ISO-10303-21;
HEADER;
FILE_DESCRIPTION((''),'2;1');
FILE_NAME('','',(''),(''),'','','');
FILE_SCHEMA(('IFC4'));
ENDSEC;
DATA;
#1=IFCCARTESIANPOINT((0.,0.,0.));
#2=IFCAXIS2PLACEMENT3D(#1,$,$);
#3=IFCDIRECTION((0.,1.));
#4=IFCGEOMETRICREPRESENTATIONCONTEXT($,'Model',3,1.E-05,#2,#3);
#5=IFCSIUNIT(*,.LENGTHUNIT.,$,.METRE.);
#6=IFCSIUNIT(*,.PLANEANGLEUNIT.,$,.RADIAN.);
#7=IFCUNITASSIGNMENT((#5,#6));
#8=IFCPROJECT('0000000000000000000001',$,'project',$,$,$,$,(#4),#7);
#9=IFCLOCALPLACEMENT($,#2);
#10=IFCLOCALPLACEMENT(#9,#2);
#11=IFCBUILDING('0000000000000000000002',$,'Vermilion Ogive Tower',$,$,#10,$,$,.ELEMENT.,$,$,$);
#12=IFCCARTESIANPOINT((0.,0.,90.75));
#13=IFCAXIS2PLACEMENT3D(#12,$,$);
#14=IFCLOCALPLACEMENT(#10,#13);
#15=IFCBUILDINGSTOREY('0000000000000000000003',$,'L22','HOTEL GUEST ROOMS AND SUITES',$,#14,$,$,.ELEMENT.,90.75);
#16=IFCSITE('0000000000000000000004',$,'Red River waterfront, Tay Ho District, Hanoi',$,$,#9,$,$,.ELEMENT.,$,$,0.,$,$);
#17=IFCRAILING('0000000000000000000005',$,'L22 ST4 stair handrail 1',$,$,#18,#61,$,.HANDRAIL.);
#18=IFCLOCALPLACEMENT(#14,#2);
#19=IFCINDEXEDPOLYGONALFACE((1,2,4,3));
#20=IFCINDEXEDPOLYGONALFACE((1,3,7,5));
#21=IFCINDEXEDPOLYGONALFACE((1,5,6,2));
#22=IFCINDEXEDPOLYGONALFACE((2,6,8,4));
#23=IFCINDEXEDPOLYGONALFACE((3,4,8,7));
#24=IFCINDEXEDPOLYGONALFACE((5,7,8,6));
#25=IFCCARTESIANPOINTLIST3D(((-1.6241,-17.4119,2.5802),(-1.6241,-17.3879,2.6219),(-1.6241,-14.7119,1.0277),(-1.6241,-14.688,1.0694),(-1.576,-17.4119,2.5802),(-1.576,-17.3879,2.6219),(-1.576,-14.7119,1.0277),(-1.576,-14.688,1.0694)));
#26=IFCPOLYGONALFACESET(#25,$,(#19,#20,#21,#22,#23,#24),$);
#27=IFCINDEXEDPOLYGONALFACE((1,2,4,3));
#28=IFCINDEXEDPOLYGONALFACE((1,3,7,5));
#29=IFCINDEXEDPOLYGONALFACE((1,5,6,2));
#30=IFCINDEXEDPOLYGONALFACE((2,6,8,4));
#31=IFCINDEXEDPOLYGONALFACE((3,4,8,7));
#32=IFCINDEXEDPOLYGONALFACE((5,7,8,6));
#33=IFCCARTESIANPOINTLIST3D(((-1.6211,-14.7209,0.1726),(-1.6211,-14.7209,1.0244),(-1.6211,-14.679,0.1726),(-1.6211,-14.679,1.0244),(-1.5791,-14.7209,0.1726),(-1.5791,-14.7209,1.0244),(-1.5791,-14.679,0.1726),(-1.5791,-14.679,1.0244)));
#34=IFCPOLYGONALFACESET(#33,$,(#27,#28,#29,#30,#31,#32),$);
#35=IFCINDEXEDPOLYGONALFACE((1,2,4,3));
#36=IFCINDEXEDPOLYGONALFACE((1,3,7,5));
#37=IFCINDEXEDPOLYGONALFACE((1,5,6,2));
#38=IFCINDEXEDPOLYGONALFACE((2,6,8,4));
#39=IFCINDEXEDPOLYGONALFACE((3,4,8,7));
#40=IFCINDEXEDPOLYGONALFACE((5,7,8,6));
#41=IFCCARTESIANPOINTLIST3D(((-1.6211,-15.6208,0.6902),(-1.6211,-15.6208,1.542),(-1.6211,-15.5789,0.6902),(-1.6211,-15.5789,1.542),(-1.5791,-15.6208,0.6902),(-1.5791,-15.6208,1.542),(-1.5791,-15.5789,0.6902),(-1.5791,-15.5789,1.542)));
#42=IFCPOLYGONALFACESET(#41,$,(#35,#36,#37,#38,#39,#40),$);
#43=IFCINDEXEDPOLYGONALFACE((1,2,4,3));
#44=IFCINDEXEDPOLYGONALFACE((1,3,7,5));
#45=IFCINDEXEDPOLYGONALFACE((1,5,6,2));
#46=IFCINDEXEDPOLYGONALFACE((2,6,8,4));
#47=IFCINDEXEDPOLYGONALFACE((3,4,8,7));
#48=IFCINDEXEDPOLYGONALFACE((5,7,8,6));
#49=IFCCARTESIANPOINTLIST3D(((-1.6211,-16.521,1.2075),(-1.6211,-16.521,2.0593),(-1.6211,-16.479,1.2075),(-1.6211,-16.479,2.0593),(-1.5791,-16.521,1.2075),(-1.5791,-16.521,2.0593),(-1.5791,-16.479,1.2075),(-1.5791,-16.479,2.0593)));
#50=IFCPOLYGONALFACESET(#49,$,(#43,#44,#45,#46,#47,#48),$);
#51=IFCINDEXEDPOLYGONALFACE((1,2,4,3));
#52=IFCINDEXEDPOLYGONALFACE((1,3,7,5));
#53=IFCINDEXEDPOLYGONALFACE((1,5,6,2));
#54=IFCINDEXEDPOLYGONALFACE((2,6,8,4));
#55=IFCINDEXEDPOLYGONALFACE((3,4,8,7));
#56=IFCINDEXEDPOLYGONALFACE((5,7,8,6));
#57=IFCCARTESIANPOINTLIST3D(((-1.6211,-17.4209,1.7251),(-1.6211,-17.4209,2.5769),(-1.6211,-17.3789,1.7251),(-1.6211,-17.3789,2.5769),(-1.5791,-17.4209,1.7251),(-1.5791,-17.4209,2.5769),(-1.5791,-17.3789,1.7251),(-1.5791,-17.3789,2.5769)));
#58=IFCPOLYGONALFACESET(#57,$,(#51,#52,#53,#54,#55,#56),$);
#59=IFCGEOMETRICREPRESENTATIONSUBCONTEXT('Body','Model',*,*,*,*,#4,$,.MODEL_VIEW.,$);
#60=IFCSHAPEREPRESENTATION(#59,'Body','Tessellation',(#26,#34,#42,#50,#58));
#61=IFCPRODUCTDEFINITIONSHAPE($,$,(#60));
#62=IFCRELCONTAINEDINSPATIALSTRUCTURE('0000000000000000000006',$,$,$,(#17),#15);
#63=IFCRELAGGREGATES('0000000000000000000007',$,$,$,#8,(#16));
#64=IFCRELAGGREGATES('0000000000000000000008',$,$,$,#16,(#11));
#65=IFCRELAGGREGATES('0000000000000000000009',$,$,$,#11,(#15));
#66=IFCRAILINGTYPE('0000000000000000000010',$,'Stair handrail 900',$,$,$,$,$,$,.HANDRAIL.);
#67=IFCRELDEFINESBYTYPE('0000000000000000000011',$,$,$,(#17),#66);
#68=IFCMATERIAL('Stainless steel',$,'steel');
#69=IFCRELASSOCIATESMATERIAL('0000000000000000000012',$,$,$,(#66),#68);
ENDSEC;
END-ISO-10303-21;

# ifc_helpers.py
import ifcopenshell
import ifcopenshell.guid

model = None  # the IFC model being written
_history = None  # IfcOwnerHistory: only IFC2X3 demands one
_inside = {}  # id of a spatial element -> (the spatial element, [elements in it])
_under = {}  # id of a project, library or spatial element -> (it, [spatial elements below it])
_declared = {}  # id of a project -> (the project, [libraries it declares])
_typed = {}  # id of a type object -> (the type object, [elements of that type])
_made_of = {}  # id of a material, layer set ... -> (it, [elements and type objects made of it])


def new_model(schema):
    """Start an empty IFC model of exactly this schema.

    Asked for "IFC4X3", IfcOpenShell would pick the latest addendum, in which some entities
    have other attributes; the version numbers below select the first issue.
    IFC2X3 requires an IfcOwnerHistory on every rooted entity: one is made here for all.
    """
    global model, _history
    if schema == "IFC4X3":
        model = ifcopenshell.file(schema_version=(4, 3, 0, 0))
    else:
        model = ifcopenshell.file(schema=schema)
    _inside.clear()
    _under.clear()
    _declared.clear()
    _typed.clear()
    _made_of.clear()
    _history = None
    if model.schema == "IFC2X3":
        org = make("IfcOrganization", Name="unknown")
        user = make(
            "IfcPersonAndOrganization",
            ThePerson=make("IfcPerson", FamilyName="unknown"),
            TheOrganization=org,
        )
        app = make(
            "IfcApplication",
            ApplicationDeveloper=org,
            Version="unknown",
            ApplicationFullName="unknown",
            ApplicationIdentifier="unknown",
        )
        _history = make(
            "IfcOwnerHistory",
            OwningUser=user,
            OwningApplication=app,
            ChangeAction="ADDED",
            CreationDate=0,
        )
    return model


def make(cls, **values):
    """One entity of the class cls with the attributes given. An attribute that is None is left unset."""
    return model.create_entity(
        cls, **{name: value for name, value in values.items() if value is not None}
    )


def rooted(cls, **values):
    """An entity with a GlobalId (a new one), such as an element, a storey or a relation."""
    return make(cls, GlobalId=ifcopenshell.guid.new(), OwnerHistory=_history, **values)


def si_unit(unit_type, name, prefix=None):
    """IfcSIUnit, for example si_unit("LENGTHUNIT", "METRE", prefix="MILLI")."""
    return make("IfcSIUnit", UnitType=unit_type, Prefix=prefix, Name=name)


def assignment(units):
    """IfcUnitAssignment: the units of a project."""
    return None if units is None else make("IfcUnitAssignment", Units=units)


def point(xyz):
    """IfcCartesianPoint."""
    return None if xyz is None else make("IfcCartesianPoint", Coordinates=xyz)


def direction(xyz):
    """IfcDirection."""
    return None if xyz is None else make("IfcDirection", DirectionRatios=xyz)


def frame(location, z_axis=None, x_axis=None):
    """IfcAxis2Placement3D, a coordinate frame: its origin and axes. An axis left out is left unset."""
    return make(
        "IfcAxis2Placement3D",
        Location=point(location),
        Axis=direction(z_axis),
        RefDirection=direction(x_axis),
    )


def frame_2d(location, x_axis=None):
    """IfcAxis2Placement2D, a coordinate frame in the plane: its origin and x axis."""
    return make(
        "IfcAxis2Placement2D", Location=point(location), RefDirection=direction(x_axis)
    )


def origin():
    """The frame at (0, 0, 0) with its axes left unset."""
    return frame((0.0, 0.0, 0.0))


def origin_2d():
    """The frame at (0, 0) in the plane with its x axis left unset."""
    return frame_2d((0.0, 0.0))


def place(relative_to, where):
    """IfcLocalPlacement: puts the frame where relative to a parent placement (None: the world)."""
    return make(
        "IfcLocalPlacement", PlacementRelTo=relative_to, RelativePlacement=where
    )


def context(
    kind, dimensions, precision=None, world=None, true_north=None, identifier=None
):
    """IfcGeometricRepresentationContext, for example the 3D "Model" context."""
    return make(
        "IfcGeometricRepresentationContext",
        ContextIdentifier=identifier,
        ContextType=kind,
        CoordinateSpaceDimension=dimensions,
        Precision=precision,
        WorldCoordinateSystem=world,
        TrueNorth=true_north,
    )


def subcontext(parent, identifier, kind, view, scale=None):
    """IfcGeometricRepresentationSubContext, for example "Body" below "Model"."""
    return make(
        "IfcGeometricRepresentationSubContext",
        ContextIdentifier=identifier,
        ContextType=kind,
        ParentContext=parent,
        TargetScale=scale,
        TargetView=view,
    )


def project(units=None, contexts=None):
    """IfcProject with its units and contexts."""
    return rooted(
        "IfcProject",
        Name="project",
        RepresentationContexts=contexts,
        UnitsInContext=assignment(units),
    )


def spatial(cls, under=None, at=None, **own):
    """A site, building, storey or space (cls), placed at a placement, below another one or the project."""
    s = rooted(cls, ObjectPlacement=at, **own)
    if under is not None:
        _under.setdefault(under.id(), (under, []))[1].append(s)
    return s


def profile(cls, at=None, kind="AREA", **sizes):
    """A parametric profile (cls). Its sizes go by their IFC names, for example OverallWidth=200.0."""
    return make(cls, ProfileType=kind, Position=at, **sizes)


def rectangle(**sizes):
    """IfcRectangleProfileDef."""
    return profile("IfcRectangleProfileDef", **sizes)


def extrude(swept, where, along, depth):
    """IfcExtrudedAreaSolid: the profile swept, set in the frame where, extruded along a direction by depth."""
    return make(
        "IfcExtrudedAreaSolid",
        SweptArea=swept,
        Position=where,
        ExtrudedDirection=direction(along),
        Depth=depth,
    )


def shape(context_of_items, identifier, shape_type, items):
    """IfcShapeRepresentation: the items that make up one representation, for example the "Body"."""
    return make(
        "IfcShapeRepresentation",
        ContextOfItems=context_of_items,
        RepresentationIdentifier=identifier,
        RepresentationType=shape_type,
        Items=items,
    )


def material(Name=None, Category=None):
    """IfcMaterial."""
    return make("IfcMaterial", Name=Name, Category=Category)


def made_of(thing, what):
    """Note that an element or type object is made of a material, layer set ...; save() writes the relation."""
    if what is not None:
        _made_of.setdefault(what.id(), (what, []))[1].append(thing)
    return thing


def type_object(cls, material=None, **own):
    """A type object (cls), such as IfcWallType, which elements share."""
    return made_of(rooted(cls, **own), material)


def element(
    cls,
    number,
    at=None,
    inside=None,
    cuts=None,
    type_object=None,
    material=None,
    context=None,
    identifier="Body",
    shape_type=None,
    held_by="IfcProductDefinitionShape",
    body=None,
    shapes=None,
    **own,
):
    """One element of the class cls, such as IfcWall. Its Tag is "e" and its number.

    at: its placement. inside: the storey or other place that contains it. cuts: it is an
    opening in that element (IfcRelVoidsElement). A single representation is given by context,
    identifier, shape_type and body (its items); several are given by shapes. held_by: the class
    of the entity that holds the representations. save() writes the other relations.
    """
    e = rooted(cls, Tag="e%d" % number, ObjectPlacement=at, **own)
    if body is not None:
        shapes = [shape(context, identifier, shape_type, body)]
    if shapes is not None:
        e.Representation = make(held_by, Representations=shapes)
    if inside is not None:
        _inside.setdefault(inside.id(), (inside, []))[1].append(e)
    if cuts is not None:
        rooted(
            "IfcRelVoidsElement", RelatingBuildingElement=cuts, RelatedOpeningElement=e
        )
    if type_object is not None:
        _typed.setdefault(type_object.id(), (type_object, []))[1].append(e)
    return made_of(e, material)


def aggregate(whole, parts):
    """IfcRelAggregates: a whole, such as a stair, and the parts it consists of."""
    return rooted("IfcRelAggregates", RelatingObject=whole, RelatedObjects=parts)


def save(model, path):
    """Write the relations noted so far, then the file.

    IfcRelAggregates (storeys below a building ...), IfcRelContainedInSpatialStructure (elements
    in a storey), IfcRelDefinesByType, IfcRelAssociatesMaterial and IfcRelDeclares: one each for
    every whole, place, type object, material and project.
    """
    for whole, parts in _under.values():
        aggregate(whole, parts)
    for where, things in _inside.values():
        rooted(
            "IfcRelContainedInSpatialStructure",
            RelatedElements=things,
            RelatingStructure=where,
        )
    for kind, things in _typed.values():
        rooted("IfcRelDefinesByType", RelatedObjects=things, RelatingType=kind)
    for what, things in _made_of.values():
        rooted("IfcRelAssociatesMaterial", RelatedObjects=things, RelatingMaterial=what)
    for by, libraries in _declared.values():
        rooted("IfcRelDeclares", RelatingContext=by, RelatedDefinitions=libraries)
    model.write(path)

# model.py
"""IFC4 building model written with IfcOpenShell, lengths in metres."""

from ifc_helpers import new_model, si_unit, direction, frame, origin, origin_2d, place, context, subcontext, project, spatial, rectangle, extrude, material, type_object, element, save


model = new_model("IFC4")

# Units and contexts
model_context = context("Model", 3, precision=1e-05, world=origin(), true_north=direction((0.0, 1.0)))
body_context = subcontext(model_context, "Body", "Model", "MODEL_VIEW")
ifc_project = project(units=[si_unit("LENGTHUNIT", "METRE"), si_unit("PLANEANGLEUNIT", "RADIAN")], contexts=[model_context])

# Site, building, storey
site_placement = place(None, origin())
site = spatial("IfcSite", under=ifc_project, at=site_placement, Name="Red River waterfront, Tay Ho District, Hanoi", CompositionType="ELEMENT", RefElevation=0.0)
building_placement = place(site_placement, origin())
building = spatial("IfcBuilding", under=site, at=building_placement, Name="Vermilion Ogive Tower", CompositionType="ELEMENT")
storey_placement = place(building_placement, frame((0.0, 0.0, 90.75)))
storey = spatial("IfcBuildingStorey", under=building, at=storey_placement, Name="L22", Description="HOTEL GUEST ROOMS AND SUITES", CompositionType="ELEMENT", Elevation=90.75)

# Railing
ifc_material_1 = material(Name="Stainless steel", Category="steel")
railing_type_1 = type_object("IfcRailingType", Name="Stair handrail 900", PredefinedType="HANDRAIL", material=ifc_material_1)
railing_1_placement = place(storey_placement, frame((-1.6001, -14.7, 0.1726)))
element("IfcRailing", 1, at=railing_1_placement, inside=storey, type_object=railing_type_1, Name="L22 ST4 stair handrail 1", PredefinedType="HANDRAIL", context=body_context, shape_type="SweptSolid", body=[
    extrude(rectangle(XDim=0.0481, YDim=0.0481, at=origin_2d()), frame((0.0, 0.0, 0.876), z_axis=(0.0, -0.866904, 0.498476), x_axis=(1.0, 0.0, 0.0)), (0.0, 0.0, 1.0), 3.1145),
    extrude(rectangle(XDim=0.042, YDim=0.042, at=origin_2d()), origin(), (0.0, 0.0, 1.0), 0.8518),
    extrude(rectangle(XDim=0.042, YDim=0.042, at=origin_2d()), frame((0.0, -0.8999, 0.5176)), (0.0, 0.0, 1.0), 0.8518),
    extrude(rectangle(XDim=0.042, YDim=0.042, at=origin_2d()), frame((0.0, -1.8, 1.0349)), (0.0, 0.0, 1.0), 0.8518),
    extrude(rectangle(XDim=0.042, YDim=0.042, at=origin_2d()), frame((0.0, -2.7, 1.5525)), (0.0, 0.0, 1.0), 0.8518),
])

save(model, "model.ifc")
